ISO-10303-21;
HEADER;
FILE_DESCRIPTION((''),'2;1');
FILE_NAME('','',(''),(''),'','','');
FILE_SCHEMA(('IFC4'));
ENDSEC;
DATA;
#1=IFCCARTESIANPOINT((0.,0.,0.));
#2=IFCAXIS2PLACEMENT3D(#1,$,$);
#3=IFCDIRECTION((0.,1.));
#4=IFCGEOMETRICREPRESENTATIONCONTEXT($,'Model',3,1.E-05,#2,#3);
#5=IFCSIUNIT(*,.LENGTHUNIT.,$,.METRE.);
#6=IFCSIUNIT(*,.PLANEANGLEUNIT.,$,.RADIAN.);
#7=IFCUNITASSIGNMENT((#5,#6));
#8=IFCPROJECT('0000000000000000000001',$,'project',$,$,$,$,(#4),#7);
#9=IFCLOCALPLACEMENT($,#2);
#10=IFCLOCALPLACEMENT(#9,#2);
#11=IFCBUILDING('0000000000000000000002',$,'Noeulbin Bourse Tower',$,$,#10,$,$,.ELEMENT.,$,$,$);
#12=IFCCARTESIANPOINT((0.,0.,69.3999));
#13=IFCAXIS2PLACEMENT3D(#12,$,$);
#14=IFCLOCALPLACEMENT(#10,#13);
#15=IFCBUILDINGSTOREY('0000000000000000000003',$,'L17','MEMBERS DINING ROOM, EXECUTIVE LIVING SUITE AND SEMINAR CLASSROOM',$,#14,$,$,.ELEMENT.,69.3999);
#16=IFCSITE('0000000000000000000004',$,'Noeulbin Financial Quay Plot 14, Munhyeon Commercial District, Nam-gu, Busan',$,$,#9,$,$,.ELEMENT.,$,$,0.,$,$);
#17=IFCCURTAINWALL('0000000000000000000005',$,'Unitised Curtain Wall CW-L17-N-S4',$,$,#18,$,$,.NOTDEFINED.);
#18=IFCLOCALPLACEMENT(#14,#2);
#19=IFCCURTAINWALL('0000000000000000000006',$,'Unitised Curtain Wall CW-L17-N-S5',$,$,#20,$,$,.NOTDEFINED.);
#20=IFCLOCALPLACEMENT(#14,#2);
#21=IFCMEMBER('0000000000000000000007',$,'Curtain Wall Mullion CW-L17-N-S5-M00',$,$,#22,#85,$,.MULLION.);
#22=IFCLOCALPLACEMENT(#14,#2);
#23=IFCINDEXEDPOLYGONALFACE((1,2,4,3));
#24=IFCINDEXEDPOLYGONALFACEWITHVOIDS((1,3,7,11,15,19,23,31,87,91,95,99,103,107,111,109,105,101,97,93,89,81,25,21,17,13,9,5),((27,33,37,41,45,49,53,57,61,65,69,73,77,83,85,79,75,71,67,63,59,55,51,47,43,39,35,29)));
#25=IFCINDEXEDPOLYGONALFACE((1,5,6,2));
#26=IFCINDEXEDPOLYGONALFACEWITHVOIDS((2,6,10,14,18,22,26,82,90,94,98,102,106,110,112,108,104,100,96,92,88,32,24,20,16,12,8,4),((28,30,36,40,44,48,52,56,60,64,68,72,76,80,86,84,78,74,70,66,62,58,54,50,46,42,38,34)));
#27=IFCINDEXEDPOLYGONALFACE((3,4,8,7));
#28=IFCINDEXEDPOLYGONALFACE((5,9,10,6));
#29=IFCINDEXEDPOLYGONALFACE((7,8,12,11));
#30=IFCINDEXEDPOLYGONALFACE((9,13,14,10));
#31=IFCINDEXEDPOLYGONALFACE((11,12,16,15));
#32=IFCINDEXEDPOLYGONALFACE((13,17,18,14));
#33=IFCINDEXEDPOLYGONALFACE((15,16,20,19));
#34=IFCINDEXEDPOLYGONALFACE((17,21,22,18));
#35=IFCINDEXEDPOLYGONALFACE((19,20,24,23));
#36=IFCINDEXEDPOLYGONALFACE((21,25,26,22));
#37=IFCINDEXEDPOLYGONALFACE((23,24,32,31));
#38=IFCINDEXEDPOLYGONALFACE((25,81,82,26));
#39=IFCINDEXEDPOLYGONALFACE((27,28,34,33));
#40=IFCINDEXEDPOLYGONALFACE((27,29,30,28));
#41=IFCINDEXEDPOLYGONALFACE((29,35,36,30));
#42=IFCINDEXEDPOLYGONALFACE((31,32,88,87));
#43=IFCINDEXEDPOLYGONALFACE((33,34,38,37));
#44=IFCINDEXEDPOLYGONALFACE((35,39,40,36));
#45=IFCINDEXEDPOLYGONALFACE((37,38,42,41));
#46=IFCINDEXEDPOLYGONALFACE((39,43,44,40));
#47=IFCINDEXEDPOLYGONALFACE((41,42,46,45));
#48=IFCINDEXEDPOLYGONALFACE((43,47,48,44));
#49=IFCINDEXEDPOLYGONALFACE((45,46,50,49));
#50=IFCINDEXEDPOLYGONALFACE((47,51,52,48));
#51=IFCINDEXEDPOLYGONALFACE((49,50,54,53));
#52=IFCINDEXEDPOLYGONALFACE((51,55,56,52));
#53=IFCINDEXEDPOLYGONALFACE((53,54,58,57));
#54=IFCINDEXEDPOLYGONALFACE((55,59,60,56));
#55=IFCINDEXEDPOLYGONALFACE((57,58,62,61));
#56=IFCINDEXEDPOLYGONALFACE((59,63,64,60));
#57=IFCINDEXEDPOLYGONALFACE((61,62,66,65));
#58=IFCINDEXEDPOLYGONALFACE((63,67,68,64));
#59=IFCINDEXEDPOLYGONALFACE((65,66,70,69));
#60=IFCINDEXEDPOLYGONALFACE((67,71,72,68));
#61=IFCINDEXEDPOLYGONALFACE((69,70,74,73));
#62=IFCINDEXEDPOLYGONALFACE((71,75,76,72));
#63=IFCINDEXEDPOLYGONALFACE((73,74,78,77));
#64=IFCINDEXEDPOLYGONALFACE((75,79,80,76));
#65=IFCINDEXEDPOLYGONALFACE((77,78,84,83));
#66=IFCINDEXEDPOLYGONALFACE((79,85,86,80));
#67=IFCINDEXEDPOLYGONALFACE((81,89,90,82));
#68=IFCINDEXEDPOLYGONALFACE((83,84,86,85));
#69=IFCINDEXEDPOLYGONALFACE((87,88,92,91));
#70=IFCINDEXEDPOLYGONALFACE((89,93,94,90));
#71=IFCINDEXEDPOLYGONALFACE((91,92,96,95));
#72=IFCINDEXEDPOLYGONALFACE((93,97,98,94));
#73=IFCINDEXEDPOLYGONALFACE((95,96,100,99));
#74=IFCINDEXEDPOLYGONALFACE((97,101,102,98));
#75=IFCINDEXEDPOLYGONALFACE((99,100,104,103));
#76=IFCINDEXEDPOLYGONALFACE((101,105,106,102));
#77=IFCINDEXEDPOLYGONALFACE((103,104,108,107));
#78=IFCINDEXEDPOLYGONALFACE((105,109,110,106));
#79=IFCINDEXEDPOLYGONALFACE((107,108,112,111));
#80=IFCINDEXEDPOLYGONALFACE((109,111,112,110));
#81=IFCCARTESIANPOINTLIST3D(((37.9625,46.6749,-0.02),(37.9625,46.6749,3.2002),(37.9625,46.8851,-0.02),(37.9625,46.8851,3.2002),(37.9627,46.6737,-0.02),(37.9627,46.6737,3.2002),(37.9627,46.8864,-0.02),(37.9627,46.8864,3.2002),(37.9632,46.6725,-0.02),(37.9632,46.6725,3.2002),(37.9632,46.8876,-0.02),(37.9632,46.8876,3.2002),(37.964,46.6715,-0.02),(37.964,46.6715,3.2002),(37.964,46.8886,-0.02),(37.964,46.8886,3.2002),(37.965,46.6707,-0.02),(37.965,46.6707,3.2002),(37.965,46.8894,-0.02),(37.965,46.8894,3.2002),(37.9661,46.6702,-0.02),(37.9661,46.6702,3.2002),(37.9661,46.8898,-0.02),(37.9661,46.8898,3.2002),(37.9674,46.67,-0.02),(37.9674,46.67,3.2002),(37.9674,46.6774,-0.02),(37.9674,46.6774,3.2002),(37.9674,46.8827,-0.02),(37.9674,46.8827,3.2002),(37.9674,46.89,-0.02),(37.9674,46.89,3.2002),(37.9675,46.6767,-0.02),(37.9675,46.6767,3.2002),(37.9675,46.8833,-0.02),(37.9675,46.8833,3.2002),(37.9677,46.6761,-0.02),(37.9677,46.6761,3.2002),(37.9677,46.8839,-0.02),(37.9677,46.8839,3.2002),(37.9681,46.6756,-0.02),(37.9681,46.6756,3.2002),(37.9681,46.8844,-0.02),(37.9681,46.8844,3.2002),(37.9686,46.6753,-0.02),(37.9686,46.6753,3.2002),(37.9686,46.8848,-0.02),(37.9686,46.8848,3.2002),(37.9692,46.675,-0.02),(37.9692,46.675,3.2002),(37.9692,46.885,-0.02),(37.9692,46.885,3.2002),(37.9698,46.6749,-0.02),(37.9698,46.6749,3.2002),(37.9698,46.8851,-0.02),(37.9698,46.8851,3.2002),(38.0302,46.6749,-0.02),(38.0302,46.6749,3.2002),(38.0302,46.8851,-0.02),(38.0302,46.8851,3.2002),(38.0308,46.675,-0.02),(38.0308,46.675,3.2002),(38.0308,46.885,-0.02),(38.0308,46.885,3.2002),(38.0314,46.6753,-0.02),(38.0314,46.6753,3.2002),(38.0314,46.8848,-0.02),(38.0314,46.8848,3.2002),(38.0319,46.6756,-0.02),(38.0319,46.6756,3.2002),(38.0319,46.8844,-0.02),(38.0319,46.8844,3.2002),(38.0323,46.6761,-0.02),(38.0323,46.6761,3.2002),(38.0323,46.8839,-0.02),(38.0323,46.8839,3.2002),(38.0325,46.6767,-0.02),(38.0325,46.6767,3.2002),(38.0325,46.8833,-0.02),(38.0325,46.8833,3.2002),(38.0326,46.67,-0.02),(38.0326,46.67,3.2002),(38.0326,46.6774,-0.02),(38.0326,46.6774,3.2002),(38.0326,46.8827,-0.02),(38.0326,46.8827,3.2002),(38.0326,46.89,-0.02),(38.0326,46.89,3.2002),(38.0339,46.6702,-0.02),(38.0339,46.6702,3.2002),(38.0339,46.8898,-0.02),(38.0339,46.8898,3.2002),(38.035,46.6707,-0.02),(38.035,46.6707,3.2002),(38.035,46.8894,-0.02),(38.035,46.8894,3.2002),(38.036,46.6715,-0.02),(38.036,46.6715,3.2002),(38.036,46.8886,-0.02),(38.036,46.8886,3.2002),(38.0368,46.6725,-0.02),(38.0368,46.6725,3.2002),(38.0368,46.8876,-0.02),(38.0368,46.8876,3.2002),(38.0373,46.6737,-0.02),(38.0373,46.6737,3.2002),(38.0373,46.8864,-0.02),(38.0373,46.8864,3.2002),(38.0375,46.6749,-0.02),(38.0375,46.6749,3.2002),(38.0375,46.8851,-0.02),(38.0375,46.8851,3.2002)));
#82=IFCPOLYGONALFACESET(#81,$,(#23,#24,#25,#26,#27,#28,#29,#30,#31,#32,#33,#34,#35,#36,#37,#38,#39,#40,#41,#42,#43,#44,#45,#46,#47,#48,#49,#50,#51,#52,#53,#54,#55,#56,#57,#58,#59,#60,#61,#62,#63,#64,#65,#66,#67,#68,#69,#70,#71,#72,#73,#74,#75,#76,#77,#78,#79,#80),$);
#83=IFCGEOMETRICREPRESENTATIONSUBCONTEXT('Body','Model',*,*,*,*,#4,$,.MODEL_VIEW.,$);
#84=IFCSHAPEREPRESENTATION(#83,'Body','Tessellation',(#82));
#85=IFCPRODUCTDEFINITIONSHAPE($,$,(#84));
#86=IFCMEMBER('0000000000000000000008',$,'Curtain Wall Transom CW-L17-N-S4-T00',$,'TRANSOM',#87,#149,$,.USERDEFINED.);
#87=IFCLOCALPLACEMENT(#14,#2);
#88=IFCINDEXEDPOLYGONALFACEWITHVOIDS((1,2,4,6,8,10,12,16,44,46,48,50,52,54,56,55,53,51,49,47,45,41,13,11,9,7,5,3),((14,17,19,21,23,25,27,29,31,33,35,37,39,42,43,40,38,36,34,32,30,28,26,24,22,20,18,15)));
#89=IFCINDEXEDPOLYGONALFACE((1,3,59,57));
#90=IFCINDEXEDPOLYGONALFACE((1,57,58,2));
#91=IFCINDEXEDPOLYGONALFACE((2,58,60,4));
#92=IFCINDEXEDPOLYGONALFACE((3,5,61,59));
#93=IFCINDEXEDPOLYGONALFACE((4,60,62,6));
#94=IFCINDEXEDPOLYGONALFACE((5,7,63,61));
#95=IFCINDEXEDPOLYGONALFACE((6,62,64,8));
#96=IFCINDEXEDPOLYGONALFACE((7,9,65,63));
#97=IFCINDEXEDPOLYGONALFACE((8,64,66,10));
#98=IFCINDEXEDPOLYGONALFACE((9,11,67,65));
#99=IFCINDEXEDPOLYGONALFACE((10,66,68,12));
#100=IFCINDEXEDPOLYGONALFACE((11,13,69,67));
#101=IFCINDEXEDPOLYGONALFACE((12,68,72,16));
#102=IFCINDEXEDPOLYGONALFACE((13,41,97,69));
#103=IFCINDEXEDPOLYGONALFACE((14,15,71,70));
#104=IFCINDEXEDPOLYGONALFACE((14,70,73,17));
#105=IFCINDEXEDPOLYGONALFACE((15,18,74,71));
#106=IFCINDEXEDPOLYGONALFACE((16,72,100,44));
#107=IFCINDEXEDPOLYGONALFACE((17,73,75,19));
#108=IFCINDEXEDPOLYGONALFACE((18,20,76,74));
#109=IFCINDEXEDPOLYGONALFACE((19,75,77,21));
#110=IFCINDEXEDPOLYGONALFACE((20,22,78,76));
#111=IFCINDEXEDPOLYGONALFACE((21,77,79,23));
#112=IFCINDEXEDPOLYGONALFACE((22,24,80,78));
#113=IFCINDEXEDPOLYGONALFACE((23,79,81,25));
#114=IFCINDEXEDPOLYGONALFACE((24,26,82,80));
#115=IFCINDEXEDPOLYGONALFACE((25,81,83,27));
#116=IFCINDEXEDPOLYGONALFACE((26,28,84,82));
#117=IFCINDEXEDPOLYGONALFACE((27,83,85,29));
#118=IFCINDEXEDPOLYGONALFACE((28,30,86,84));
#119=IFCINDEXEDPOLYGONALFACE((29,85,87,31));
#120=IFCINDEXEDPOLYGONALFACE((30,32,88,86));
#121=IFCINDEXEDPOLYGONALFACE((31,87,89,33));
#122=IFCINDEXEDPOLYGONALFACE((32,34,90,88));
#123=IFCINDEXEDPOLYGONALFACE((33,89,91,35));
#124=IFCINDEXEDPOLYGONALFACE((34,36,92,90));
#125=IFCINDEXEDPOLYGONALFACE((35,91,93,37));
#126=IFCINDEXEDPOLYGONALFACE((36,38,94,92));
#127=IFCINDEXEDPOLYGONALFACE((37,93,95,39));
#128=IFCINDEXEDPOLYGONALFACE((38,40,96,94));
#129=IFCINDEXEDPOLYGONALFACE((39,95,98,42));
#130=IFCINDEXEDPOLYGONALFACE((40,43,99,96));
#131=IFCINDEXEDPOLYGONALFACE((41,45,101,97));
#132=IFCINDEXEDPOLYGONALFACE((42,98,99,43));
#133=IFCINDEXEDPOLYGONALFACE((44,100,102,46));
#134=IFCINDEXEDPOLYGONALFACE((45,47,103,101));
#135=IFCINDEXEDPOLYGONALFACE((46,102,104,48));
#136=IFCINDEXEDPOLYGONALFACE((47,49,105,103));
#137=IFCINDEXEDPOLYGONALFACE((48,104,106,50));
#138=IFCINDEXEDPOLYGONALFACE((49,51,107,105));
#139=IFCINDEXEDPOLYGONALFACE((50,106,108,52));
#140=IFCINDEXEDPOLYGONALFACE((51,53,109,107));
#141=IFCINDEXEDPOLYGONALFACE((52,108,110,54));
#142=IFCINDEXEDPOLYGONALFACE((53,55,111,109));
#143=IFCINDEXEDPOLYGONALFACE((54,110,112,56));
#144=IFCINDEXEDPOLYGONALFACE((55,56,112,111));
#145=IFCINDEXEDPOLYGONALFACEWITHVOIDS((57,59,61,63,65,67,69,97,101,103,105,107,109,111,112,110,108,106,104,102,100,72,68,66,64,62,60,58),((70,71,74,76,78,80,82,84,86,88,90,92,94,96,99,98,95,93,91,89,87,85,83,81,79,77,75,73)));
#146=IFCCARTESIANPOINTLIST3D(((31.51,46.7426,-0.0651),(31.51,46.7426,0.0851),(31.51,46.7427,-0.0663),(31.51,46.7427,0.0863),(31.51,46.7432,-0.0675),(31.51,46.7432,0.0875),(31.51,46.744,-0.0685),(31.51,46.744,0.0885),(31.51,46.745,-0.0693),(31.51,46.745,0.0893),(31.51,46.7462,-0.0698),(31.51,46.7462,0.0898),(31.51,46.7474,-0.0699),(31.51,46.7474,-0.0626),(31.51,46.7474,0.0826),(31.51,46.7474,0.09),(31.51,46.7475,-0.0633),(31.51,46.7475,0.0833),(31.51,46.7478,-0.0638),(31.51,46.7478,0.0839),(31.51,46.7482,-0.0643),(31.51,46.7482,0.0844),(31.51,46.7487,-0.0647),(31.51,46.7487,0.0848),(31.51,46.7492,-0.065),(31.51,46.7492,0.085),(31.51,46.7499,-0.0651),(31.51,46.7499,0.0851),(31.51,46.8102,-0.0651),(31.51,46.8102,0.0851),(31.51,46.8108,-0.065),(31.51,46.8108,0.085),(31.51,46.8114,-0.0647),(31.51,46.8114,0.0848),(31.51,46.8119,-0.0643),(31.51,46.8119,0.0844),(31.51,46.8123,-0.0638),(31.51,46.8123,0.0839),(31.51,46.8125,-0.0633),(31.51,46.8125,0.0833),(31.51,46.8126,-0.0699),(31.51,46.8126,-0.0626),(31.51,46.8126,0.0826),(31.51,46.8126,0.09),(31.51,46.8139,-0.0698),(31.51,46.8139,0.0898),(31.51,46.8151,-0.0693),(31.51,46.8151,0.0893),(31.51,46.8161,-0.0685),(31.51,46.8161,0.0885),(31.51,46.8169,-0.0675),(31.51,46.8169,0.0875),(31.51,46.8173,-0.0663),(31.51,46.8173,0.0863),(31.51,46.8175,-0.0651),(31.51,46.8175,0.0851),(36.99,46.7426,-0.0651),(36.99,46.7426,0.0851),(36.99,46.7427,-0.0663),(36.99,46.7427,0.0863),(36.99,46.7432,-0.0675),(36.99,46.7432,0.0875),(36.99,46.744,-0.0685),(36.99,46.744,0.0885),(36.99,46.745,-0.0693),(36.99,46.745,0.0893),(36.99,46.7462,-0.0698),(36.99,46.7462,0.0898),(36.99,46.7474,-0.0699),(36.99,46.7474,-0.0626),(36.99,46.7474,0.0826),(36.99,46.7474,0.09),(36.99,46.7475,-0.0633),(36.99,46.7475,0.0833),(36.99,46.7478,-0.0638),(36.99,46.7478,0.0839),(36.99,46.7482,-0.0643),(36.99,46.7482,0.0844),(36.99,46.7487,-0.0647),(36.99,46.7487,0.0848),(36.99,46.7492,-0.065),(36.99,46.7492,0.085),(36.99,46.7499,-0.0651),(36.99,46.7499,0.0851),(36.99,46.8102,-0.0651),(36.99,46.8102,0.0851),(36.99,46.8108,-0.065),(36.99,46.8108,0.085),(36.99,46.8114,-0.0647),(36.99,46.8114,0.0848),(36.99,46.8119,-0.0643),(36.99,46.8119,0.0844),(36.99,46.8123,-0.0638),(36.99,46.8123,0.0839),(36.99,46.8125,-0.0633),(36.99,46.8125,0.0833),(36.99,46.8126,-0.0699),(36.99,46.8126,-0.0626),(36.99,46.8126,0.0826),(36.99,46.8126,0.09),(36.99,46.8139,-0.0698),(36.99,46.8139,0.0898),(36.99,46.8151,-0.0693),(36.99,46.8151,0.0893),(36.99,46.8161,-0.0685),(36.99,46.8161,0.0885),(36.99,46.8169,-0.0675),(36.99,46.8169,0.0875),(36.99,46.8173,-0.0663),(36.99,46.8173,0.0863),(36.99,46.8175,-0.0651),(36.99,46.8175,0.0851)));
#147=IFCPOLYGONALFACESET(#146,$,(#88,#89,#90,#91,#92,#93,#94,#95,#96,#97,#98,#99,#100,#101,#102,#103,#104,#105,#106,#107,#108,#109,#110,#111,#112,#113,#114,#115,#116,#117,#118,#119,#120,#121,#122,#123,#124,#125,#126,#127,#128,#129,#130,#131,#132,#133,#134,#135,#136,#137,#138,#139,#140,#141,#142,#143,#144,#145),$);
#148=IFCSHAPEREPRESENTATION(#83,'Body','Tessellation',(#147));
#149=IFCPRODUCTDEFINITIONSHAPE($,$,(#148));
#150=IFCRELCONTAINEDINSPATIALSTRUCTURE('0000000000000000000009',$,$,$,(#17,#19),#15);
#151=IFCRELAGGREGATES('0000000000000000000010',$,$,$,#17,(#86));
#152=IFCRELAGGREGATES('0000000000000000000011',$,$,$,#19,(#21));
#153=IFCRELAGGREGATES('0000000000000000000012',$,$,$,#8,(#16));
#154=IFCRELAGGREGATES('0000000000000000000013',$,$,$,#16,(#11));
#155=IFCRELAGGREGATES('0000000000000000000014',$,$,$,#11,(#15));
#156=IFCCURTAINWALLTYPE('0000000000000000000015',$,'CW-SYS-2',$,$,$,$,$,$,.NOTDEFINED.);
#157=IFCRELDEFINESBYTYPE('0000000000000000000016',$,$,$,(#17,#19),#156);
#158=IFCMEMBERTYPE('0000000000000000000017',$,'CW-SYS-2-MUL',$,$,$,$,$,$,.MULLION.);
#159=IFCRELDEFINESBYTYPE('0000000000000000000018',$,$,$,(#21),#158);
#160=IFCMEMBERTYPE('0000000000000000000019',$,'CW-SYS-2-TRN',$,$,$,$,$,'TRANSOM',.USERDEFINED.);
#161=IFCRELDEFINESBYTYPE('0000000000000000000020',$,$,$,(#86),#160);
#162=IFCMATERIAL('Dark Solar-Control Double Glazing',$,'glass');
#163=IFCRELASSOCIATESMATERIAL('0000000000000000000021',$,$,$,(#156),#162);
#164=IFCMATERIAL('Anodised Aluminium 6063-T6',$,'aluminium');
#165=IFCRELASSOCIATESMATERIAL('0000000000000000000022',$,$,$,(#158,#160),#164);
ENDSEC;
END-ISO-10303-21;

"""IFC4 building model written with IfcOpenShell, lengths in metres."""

from ifc_helpers import new_model, si_unit, direction, frame, origin, origin_2d, place, context, subcontext, project, spatial, hollow_rectangle, extrude, material, material_profile, profile_set, type_object, element, aggregate, save


model = new_model("IFC4")

# Units and contexts
model_context = context("Model", 3, precision=1e-05, world=origin(), true_north=direction((0.0, 1.0)))
body_context = subcontext(model_context, "Body", "Model", "MODEL_VIEW")
ifc_project = project(units=[si_unit("LENGTHUNIT", "METRE"), si_unit("PLANEANGLEUNIT", "RADIAN")], contexts=[model_context])

# Site, building, storey
site_placement = place(None, origin())
site = spatial("IfcSite", under=ifc_project, at=site_placement, Name="Noeulbin Financial Quay Plot 14, Munhyeon Commercial District, Nam-gu, Busan", CompositionType="ELEMENT", RefElevation=0.0)
building_placement = place(site_placement, origin())
building = spatial("IfcBuilding", under=site, at=building_placement, Name="Noeulbin Bourse Tower", CompositionType="ELEMENT")
storey_placement = place(building_placement, frame((0.0, 0.0, 69.3999)))
storey = spatial("IfcBuildingStorey", under=building, at=storey_placement, Name="L17", Description="MEMBERS DINING ROOM, EXECUTIVE LIVING SUITE AND SEMINAR CLASSROOM", CompositionType="ELEMENT", Elevation=69.3999)

# Shared definitions
ifc_material_1 = material(Name="Dark Solar-Control Double Glazing", Category="glass")
curtain_wall_type = type_object("IfcCurtainWallType", Name="CW-SYS-2", PredefinedType="NOTDEFINED", material=ifc_material_1)
ifc_material_2 = material(Name="Anodised Aluminium 6063-T6", Category="aluminium")
ifc_material_profile_1 = material_profile(ifc_material_2, hollow_rectangle(XDim=0.075, YDim=0.22, WallThickness=0.0049, InnerFilletRadius=0.0024, OuterFilletRadius=0.0049, at=origin_2d()), Name="ALU-MULL-75x220x5", Category="LoadBearing")
ifc_profile_set_1 = profile_set([ifc_material_profile_1], Name="Anodised Aluminium 6063-T6")
member_type_1 = type_object("IfcMemberType", Name="CW-SYS-2-MUL", PredefinedType="MULLION", material=ifc_profile_set_1)

# Curtain wall
curtain_wall_1_placement = place(storey_placement, origin())
curtain_wall_1 = element("IfcCurtainWall", 1, at=curtain_wall_1_placement, inside=storey, type_object=curtain_wall_type, Name="Unitised Curtain Wall CW-L17-N-S4", PredefinedType="NOTDEFINED")

# Curtain wall, member
curtain_wall_2_placement = place(storey_placement, origin())
curtain_wall_2 = element("IfcCurtainWall", 2, at=curtain_wall_2_placement, inside=storey, type_object=curtain_wall_type, Name="Unitised Curtain Wall CW-L17-N-S5", PredefinedType="NOTDEFINED")
member_1_placement = place(storey_placement, frame((38.0, 46.78, -0.02), z_axis=(0.0, 0.0, 1.0), x_axis=(1.0, 0.0, 0.0)))
member_1 = element("IfcMember", 3, at=member_1_placement, type_object=member_type_1, Name="Curtain Wall Mullion CW-L17-N-S5-M00", PredefinedType="MULLION", context=body_context, shape_type="SweptSolid", body=[
    extrude(hollow_rectangle(XDim=0.075, YDim=0.22, WallThickness=0.0049, InnerFilletRadius=0.0024, OuterFilletRadius=0.0049, at=origin_2d()), origin(), (0.0, 0.0, 1.0), 3.2202),
])

# Member
ifc_material_profile_2 = material_profile(ifc_material_2, hollow_rectangle(XDim=0.075, YDim=0.1599, WallThickness=0.0049, InnerFilletRadius=0.0024, OuterFilletRadius=0.0049, at=origin_2d()), Name="ALU-TRAN-75x160x5", Category="LoadBearing")
ifc_profile_set_2 = profile_set([ifc_material_profile_2], Name="Anodised Aluminium 6063-T6")
member_type_2 = type_object("IfcMemberType", Name="CW-SYS-2-TRN", ElementType="TRANSOM", PredefinedType="USERDEFINED", material=ifc_profile_set_2)
member_2_placement = place(storey_placement, frame((31.51, 46.78, 0.01), z_axis=(1.0, 0.0, 0.0), x_axis=(0.0, 1.0, 0.0)))
member_2 = element("IfcMember", 4, at=member_2_placement, type_object=member_type_2, Name="Curtain Wall Transom CW-L17-N-S4-T00", ObjectType="TRANSOM", PredefinedType="USERDEFINED", context=body_context, shape_type="SweptSolid", body=[
    extrude(hollow_rectangle(XDim=0.075, YDim=0.1599, WallThickness=0.0049, InnerFilletRadius=0.0024, OuterFilletRadius=0.0049, at=origin_2d()), origin(), (0.0, 0.0, 1.0), 5.48),
])

aggregate(curtain_wall_1, [member_2])
aggregate(curtain_wall_2, [member_1])

save(model, "model.ifc")
